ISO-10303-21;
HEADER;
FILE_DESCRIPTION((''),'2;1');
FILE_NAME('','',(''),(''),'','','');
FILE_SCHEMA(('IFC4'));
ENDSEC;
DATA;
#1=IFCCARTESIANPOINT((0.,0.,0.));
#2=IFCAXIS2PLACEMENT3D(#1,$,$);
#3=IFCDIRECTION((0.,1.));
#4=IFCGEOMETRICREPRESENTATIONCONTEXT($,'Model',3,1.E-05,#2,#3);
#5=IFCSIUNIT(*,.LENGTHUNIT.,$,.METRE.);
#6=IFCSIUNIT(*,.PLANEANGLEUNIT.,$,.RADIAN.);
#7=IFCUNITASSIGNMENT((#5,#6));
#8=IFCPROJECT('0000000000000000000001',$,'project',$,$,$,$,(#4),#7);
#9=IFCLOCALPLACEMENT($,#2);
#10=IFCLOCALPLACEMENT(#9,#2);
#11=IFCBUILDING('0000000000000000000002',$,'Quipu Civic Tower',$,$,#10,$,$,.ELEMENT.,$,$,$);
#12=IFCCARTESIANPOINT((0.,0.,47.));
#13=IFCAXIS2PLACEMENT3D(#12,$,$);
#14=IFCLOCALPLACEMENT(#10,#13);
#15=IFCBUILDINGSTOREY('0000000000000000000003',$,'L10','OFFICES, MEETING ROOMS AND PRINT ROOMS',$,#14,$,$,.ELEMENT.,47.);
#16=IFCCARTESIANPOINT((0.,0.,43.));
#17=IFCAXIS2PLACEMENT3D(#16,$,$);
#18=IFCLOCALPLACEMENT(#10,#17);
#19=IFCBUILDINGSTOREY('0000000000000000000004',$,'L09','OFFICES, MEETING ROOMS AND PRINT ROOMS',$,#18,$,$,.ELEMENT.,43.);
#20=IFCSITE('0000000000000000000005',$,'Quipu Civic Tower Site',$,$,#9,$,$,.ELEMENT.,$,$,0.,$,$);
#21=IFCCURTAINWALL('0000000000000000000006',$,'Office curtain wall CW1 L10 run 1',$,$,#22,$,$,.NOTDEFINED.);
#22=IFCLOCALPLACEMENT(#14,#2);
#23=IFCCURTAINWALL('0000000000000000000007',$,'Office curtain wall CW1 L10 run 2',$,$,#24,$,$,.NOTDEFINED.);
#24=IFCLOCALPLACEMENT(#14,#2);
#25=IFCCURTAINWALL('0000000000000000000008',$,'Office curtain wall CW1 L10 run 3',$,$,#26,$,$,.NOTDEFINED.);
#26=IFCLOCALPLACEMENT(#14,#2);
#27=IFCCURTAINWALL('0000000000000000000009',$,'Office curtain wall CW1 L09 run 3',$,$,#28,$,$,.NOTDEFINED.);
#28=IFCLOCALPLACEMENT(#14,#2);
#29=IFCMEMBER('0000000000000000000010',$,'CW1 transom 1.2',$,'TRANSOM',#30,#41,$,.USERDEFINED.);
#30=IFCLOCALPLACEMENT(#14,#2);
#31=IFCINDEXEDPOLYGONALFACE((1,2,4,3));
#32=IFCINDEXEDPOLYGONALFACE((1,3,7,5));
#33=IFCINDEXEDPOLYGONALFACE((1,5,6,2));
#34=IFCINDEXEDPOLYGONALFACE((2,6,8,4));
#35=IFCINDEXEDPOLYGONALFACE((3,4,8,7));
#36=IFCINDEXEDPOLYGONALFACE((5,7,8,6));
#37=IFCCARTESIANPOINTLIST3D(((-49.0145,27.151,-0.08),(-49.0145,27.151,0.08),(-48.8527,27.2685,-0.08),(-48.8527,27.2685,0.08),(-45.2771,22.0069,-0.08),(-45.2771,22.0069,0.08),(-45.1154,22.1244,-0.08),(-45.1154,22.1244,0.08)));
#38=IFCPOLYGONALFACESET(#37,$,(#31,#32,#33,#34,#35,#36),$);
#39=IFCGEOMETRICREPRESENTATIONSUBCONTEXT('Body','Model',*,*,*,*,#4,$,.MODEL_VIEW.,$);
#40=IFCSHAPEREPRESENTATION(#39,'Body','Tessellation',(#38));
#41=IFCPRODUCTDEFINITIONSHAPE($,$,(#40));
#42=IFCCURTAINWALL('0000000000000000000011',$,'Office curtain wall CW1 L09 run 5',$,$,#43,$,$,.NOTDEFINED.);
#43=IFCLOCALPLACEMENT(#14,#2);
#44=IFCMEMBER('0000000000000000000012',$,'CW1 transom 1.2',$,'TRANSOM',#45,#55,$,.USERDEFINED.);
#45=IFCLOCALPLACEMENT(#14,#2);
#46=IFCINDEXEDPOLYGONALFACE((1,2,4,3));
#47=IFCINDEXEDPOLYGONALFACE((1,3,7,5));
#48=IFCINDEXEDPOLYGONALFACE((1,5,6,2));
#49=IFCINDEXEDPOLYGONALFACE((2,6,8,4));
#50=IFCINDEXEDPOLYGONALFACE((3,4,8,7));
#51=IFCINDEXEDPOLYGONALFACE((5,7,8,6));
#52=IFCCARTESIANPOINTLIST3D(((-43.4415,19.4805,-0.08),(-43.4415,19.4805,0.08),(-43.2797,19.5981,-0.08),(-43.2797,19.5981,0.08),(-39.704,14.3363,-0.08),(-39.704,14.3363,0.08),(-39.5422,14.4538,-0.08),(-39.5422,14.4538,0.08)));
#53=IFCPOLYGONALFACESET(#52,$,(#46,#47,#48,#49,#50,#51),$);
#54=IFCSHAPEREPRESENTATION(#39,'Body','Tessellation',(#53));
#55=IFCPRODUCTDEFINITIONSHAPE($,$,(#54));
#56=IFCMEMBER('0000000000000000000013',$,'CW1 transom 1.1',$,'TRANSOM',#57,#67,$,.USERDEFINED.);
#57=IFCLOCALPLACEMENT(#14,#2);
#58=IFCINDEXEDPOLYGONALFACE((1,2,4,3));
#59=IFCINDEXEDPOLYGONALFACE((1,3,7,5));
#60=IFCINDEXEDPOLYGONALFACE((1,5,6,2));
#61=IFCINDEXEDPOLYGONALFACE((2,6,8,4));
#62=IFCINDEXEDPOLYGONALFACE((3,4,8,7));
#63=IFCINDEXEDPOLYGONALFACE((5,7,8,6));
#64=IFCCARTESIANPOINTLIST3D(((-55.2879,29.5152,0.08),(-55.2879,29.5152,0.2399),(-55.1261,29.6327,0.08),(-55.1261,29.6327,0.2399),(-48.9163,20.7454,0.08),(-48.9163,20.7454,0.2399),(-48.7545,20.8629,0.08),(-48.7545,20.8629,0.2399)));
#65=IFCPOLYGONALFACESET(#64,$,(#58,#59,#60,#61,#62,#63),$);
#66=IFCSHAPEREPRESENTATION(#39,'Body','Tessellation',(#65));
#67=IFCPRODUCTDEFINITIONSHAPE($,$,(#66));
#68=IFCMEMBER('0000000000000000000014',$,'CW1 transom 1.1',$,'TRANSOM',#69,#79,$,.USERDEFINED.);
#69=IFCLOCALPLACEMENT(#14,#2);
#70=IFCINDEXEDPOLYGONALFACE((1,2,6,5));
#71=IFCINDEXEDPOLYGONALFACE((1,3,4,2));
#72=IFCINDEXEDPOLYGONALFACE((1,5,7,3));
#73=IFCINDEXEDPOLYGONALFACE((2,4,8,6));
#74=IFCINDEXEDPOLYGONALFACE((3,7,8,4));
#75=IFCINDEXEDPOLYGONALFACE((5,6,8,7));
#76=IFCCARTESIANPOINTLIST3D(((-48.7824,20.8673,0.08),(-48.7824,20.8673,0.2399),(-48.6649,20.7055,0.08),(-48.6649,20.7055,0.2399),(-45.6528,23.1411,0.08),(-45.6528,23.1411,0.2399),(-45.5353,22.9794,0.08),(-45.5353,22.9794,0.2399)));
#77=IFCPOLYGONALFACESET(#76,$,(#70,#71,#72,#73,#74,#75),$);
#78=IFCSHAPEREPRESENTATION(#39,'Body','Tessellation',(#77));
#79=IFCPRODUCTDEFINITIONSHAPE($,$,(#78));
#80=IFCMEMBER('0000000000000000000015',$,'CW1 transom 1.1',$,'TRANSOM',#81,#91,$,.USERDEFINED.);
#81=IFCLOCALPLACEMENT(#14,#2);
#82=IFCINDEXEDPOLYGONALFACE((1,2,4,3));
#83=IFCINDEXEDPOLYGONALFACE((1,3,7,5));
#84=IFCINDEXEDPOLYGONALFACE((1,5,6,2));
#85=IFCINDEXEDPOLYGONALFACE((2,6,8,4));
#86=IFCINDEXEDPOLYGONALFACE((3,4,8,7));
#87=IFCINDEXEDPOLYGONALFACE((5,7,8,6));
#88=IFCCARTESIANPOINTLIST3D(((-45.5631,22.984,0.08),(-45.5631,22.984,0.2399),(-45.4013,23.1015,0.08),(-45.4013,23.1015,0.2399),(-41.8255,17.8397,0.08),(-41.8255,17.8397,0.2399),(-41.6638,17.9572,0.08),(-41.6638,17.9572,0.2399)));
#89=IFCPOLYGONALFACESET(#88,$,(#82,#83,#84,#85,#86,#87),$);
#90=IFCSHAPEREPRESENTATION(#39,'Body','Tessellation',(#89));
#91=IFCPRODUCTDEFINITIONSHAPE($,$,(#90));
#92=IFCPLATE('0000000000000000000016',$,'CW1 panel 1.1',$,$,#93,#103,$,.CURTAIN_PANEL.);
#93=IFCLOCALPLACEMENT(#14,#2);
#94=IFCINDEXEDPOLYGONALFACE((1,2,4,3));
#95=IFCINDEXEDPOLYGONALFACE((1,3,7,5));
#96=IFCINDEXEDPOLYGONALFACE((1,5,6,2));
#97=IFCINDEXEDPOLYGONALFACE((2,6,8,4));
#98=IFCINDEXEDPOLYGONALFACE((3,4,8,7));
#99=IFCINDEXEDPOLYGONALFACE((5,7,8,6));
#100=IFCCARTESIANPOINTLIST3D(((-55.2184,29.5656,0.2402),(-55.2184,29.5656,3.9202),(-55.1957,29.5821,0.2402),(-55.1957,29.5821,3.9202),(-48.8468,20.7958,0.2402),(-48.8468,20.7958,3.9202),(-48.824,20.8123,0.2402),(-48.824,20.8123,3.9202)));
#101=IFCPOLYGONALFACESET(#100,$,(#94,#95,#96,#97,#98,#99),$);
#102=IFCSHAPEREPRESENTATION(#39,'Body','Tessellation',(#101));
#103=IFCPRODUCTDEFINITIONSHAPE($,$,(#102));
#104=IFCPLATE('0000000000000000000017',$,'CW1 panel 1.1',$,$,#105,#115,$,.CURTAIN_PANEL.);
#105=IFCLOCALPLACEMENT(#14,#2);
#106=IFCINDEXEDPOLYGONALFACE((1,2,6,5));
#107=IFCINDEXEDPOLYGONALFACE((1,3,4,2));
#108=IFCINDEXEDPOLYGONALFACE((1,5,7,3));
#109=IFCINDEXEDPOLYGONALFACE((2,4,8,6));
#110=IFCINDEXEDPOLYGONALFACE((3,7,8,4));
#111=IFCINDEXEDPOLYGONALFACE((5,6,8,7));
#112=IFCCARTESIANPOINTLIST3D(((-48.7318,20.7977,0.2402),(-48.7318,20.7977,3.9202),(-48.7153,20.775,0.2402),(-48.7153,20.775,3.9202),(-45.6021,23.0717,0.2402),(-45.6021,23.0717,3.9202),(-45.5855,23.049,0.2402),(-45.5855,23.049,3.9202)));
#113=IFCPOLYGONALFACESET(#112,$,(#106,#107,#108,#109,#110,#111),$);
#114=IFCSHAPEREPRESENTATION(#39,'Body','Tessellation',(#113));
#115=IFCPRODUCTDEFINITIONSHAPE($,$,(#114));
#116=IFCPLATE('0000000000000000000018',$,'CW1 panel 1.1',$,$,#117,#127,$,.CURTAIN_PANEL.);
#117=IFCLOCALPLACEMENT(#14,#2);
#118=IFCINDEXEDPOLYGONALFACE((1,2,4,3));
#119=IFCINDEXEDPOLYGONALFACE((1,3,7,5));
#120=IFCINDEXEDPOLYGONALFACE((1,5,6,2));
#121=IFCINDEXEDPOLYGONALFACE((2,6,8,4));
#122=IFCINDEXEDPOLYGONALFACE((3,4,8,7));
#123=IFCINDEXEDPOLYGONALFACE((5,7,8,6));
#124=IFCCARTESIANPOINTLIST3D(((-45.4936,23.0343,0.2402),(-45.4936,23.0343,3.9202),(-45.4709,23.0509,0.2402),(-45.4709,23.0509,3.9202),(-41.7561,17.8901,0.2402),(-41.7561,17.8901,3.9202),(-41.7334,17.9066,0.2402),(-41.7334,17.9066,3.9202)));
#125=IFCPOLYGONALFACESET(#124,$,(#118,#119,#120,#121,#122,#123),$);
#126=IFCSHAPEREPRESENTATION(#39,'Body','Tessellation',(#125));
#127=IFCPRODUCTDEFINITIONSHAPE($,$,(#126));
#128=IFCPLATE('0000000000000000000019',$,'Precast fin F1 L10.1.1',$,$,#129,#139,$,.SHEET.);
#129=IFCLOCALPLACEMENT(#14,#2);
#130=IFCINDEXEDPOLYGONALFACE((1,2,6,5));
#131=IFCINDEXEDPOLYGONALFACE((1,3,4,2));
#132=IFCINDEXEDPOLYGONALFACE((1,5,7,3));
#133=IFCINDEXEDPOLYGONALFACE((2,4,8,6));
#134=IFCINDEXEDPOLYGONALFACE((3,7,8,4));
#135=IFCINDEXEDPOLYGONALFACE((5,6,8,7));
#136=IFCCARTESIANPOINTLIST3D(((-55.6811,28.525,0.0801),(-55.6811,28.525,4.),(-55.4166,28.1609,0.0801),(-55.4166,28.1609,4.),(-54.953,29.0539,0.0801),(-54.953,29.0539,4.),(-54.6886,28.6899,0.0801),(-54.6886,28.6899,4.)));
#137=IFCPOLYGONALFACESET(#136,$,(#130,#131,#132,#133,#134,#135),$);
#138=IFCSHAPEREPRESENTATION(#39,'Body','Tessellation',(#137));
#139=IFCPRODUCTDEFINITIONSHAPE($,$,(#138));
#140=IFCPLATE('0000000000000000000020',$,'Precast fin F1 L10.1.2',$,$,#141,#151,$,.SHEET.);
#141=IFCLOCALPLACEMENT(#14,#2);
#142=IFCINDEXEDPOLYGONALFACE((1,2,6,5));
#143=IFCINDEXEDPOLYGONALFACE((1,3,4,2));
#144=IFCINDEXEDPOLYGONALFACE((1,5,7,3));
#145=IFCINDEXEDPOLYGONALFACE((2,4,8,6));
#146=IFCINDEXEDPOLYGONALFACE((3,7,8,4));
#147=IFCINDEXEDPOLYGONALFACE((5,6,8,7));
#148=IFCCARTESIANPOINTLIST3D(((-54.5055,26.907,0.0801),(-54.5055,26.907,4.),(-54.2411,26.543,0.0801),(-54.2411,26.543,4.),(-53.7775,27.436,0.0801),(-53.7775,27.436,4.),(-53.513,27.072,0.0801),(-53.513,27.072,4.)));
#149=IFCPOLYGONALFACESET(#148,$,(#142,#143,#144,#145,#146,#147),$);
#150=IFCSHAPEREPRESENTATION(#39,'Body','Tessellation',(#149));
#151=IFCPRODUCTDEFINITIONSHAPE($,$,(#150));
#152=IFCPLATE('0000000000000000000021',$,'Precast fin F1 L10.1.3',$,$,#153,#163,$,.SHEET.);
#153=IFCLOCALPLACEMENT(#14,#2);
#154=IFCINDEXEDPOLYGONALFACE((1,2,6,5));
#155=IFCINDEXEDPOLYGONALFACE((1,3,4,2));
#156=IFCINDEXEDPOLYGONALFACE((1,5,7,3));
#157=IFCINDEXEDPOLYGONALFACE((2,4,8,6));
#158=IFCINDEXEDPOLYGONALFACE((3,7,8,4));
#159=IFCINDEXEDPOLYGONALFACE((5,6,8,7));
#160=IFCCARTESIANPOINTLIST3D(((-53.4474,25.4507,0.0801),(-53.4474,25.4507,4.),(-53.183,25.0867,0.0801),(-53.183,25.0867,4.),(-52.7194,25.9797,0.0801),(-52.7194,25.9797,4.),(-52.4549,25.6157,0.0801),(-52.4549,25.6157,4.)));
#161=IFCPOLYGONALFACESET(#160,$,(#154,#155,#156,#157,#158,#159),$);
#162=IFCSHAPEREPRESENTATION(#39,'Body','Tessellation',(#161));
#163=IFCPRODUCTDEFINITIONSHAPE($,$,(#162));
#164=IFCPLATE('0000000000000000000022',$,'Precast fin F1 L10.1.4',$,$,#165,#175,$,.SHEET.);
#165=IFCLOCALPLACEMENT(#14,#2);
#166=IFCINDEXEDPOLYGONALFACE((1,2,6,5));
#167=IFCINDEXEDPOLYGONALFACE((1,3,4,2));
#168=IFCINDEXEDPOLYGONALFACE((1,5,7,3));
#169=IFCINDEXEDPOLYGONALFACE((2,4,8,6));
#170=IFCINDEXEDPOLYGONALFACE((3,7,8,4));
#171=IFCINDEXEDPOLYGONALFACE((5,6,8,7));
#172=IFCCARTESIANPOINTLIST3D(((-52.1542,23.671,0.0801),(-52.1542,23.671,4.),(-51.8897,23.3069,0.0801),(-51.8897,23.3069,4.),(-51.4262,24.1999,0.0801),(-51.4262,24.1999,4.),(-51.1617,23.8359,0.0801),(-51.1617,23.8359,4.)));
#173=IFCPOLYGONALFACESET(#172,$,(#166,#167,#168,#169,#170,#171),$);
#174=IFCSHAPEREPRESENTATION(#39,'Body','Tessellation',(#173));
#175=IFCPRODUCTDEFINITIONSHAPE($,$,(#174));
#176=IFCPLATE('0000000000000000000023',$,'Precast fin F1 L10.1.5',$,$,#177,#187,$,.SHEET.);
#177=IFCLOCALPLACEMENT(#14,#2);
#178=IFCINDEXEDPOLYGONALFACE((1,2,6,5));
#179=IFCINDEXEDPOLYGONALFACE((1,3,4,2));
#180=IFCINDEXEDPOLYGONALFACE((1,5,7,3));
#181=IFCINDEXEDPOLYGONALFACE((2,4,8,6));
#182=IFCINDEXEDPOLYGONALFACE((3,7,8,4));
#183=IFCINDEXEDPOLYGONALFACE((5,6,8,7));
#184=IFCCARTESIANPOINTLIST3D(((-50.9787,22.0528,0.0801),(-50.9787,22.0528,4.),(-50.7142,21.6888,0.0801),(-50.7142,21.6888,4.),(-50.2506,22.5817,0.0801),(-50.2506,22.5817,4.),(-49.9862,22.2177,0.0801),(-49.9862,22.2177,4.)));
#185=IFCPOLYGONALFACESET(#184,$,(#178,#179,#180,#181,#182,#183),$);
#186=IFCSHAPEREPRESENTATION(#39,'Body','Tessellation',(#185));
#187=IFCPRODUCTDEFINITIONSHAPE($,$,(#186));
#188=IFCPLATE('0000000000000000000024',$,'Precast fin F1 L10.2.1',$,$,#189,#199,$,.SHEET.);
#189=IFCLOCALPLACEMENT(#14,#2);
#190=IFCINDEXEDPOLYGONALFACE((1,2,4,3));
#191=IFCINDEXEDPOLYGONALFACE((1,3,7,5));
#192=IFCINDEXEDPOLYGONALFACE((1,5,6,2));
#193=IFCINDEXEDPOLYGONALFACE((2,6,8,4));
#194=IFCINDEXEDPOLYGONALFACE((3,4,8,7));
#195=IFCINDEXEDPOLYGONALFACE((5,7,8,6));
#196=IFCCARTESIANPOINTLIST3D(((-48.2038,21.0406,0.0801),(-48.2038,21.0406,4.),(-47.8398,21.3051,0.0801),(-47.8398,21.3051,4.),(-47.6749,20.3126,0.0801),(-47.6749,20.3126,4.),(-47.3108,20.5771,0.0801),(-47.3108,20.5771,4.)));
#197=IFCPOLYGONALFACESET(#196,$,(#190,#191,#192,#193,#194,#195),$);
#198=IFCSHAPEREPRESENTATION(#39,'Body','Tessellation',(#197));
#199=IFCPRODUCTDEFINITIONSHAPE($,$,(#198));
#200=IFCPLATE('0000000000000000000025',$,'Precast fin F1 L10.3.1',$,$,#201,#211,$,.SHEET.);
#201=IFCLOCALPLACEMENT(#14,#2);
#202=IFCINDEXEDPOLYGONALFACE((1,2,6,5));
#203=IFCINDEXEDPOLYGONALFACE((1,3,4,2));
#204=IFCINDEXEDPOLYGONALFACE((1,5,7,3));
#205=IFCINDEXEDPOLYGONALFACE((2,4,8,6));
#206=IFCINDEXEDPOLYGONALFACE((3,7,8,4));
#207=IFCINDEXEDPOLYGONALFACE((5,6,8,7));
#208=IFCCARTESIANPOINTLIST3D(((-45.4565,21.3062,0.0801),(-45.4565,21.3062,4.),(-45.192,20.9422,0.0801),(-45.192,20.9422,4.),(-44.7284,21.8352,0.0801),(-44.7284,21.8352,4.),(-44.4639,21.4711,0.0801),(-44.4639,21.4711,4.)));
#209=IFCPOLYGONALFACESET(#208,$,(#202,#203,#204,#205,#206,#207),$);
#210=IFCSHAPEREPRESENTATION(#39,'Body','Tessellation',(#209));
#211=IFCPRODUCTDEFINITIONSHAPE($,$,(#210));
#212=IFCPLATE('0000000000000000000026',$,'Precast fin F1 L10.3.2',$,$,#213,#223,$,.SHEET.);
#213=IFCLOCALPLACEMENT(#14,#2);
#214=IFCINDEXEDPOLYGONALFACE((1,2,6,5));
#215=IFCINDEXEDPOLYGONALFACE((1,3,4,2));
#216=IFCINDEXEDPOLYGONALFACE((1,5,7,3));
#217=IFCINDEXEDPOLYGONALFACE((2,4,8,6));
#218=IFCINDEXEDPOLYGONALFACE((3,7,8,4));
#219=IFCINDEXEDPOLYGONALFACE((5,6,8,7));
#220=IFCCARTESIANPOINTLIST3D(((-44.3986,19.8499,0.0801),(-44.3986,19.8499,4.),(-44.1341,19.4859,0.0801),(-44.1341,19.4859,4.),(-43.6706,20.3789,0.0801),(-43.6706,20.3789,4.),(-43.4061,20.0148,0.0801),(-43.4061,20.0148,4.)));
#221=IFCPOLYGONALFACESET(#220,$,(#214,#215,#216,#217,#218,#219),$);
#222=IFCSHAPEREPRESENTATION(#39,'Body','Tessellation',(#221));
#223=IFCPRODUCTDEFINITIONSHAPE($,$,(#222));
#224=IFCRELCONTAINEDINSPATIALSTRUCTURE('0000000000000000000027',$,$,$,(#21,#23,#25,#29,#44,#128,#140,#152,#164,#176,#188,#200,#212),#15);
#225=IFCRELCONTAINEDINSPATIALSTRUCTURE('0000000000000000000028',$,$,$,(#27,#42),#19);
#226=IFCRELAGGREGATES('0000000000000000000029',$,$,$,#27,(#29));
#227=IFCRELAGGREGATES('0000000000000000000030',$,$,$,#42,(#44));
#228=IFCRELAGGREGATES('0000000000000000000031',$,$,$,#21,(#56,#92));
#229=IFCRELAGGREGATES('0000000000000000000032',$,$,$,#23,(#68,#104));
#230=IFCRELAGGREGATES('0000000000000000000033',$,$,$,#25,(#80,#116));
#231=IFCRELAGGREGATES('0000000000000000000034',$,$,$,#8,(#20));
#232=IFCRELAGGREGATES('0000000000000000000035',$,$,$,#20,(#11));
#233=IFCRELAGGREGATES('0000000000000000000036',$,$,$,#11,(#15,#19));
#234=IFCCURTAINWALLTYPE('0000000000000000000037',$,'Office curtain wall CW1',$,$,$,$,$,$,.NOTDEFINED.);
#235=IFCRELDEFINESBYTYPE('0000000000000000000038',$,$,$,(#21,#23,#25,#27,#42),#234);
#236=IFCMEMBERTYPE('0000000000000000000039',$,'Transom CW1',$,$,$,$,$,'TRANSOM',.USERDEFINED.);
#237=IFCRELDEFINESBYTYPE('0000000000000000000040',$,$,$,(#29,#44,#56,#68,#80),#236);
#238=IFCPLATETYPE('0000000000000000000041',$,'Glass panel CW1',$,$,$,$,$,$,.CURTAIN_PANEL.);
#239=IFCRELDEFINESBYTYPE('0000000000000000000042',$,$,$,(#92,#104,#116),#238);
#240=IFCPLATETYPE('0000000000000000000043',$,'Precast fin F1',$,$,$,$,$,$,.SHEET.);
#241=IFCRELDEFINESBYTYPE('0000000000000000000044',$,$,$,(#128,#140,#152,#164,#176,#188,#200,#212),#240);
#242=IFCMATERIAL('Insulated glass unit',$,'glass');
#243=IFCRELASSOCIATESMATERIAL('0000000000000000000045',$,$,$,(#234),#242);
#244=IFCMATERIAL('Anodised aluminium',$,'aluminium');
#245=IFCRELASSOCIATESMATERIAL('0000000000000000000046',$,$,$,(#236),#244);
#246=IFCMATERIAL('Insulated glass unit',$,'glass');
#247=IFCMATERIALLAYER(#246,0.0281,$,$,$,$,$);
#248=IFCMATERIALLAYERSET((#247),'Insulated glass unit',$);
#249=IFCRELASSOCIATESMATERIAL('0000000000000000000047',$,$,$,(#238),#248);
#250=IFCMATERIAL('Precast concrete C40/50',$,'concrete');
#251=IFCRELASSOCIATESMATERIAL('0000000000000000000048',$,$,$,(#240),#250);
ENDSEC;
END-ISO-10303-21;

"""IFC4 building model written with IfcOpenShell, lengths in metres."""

from ifc_helpers import new_model, si_unit, direction, frame, origin, origin_2d, place, context, subcontext, project, spatial, rectangle, extrude, material, layer, layer_set, material_profile, profile_set, type_object, element, aggregate, save


model = new_model("IFC4")

# Units and contexts
model_context = context("Model", 3, precision=1e-05, world=origin(), true_north=direction((0.0, 1.0)))
body_context = subcontext(model_context, "Body", "Model", "MODEL_VIEW")
ifc_project = project(units=[si_unit("LENGTHUNIT", "METRE"), si_unit("PLANEANGLEUNIT", "RADIAN")], contexts=[model_context])

# Site, building, storey
site_placement = place(None, origin())
site = spatial("IfcSite", under=ifc_project, at=site_placement, Name="Quipu Civic Tower Site", CompositionType="ELEMENT", RefElevation=0.0)
building_placement = place(site_placement, origin())
building = spatial("IfcBuilding", under=site, at=building_placement, Name="Quipu Civic Tower", CompositionType="ELEMENT")
storey_1_placement = place(building_placement, frame((0.0, 0.0, 47.0)))
storey_1 = spatial("IfcBuildingStorey", under=building, at=storey_1_placement, Name="L10", Description="OFFICES, MEETING ROOMS AND PRINT ROOMS", CompositionType="ELEMENT", Elevation=47.0)

# Curtain wall
ifc_material_1 = material(Name="Insulated glass unit", Category="glass")
curtain_wall_type = type_object("IfcCurtainWallType", Name="Office curtain wall CW1", PredefinedType="NOTDEFINED", material=ifc_material_1)
curtain_wall_1_placement = place(storey_1_placement, origin())
curtain_wall_1 = element("IfcCurtainWall", 1, at=curtain_wall_1_placement, inside=storey_1, type_object=curtain_wall_type, Name="Office curtain wall CW1 L10 run 1", PredefinedType="NOTDEFINED")

# Curtain walls
curtain_wall_2_placement = place(storey_1_placement, origin())
curtain_wall_2 = element("IfcCurtainWall", 2, at=curtain_wall_2_placement, inside=storey_1, type_object=curtain_wall_type, Name="Office curtain wall CW1 L10 run 2", PredefinedType="NOTDEFINED")
curtain_wall_3_placement = place(storey_1_placement, origin())
curtain_wall_3 = element("IfcCurtainWall", 3, at=curtain_wall_3_placement, inside=storey_1, type_object=curtain_wall_type, Name="Office curtain wall CW1 L10 run 3", PredefinedType="NOTDEFINED")

# Shared definitions
storey_2_placement = place(building_placement, frame((0.0, 0.0, 43.0)))
storey_2 = spatial("IfcBuildingStorey", under=building, at=storey_2_placement, Name="L09", Description="OFFICES, MEETING ROOMS AND PRINT ROOMS", CompositionType="ELEMENT", Elevation=43.0)

# Curtain walls, members
ifc_material_2 = material(Name="Anodised aluminium", Category="aluminium")
ifc_material_profile_1 = material_profile(ifc_material_2, rectangle(XDim=0.2, YDim=0.1599, at=origin_2d()), Name="RECT 200x160")
ifc_profile_set_1 = profile_set([ifc_material_profile_1], Name="Anodised aluminium")
member_type_1 = type_object("IfcMemberType", Name="Transom CW1", ElementType="TRANSOM", PredefinedType="USERDEFINED", material=ifc_profile_set_1)
curtain_wall_4_placement = place(storey_2_placement, origin())
curtain_wall_4 = element("IfcCurtainWall", 4, at=curtain_wall_4_placement, inside=storey_2, type_object=curtain_wall_type, Name="Office curtain wall CW1 L09 run 3", PredefinedType="NOTDEFINED")
member_1_placement = place(storey_1_placement, frame((-48.9336, 27.2097, 0.0), z_axis=(0.587779, -0.809022, 0.0), x_axis=(0.809022, 0.587779, 0.0)))
member_1 = element("IfcMember", 5, at=member_1_placement, inside=storey_1, type_object=member_type_1, Name="CW1 transom 1.2", ObjectType="TRANSOM", PredefinedType="USERDEFINED", context=body_context, shape_type="SweptSolid", body=[
    extrude(rectangle(XDim=0.2, YDim=0.1599, at=origin_2d()), origin(), (0.0, 0.0, 1.0), 6.3584),
])
aggregate(curtain_wall_4, [member_1])
curtain_wall_5_placement = place(storey_2_placement, origin())
curtain_wall_5 = element("IfcCurtainWall", 6, at=curtain_wall_5_placement, inside=storey_2, type_object=curtain_wall_type, Name="Office curtain wall CW1 L09 run 5", PredefinedType="NOTDEFINED")
member_2_placement = place(storey_1_placement, frame((-43.3606, 19.5393, 0.0), z_axis=(0.587786, -0.809017, 0.0), x_axis=(0.809017, 0.587786, 0.0)))
member_2 = element("IfcMember", 7, at=member_2_placement, inside=storey_1, type_object=member_type_1, Name="CW1 transom 1.2", ObjectType="TRANSOM", PredefinedType="USERDEFINED", context=body_context, shape_type="SweptSolid", body=[
    extrude(rectangle(XDim=0.2, YDim=0.1599, at=origin_2d()), origin(), (0.0, 0.0, 1.0), 6.3586),
])
aggregate(curtain_wall_5, [member_2])

# Members
member_3_placement = place(storey_1_placement, frame((-55.207, 29.574, 0.1599), z_axis=(0.587783, -0.809018, 0.0), x_axis=(0.809018, 0.587783, 0.0)))
member_3 = element("IfcMember", 8, at=member_3_placement, type_object=member_type_1, Name="CW1 transom 1.1", ObjectType="TRANSOM", PredefinedType="USERDEFINED", context=body_context, shape_type="SweptSolid", body=[
    extrude(rectangle(XDim=0.2, YDim=0.1599, at=origin_2d()), origin(), (0.0, 0.0, 1.0), 10.8401),
])
member_4_placement = place(storey_1_placement, frame((-48.7236, 20.7864, 0.1599), z_axis=(0.809003, 0.587804, 0.0), x_axis=(-0.587804, 0.809003, 0.0)))
member_4 = element("IfcMember", 9, at=member_4_placement, type_object=member_type_1, Name="CW1 transom 1.1", ObjectType="TRANSOM", PredefinedType="USERDEFINED", context=body_context, shape_type="SweptSolid", body=[
    extrude(rectangle(XDim=0.2, YDim=0.1599, at=origin_2d()), origin(), (0.0, 0.0, 1.0), 3.8684),
])
member_5_placement = place(storey_1_placement, frame((-45.4822, 23.0427, 0.1599), z_axis=(0.587786, -0.809017, 0.0), x_axis=(0.809017, 0.587786, 0.0)))
member_5 = element("IfcMember", 10, at=member_5_placement, type_object=member_type_1, Name="CW1 transom 1.1", ObjectType="TRANSOM", PredefinedType="USERDEFINED", context=body_context, shape_type="SweptSolid", body=[
    extrude(rectangle(XDim=0.2, YDim=0.1599, at=origin_2d()), origin(), (0.0, 0.0, 1.0), 6.3586),
])

# Plates
ifc_material_3 = material(Name="Insulated glass unit", Category="glass")
ifc_layer = layer(ifc_material_3, 0.0281)
ifc_layer_set = layer_set([ifc_layer], Name="Insulated glass unit")
plate_type_1 = type_object("IfcPlateType", Name="Glass panel CW1", PredefinedType="CURTAIN_PANEL", material=ifc_layer_set)
plate_1_placement = place(storey_1_placement, frame((-52.0212, 25.189, 0.2402), z_axis=(0.0, 0.0, 1.0), x_axis=(0.587788, -0.809015, 0.0)))
plate_1 = element("IfcPlate", 11, at=plate_1_placement, type_object=plate_type_1, Name="CW1 panel 1.1", PredefinedType="CURTAIN_PANEL", context=body_context, shape_type="SweptSolid", body=[
    extrude(rectangle(XDim=10.8401, YDim=0.0281, at=origin_2d()), origin(), (0.0, 0.0, 1.0), 3.6799),
])
aggregate(curtain_wall_1, [member_3, plate_1])
plate_2_placement = place(storey_1_placement, frame((-47.1587, 21.9233, 0.2402), z_axis=(0.0, 0.0, 1.0), x_axis=(0.809011, 0.587794, 0.0)))
plate_2 = element("IfcPlate", 12, at=plate_2_placement, type_object=plate_type_1, Name="CW1 panel 1.1", PredefinedType="CURTAIN_PANEL", context=body_context, shape_type="SweptSolid", body=[
    extrude(rectangle(XDim=3.8687, YDim=0.0281, at=origin_2d()), origin(), (0.0, 0.0, 1.0), 3.6799),
])
aggregate(curtain_wall_2, [member_4, plate_2])
plate_3_placement = place(storey_1_placement, frame((-43.6135, 20.4705, 0.2402), z_axis=(0.0, 0.0, 1.0), x_axis=(0.587778, -0.809022, 0.0)))
plate_3 = element("IfcPlate", 13, at=plate_3_placement, type_object=plate_type_1, Name="CW1 panel 1.1", PredefinedType="CURTAIN_PANEL", context=body_context, shape_type="SweptSolid", body=[
    extrude(rectangle(XDim=6.3586, YDim=0.0281, at=origin_2d()), origin(), (0.0, 0.0, 1.0), 3.6799),
])
aggregate(curtain_wall_3, [member_5, plate_3])

# Plates
ifc_material_4 = material(Name="Precast concrete C40/50", Category="concrete")
plate_type_2 = type_object("IfcPlateType", Name="Precast fin F1", PredefinedType="SHEET", material=ifc_material_4)
for number, where, z_axis, x_axis, name in (
    (14, (-55.1848, 28.6074, 0.0801), (0.0, 0.0, 1.0), (0.587786, -0.809017, 0.0), "Precast fin F1 L10.1.1"),
    (15, (-54.0093, 26.9895, 0.0801), (0.0, 0.0, 1.0), (0.587786, -0.809017, 0.0), "Precast fin F1 L10.1.2"),
    (16, (-52.9512, 25.5332, 0.0801), (0.0, 0.0, 1.0), (0.587786, -0.809017, 0.0), "Precast fin F1 L10.1.3"),
    (17, (-51.658, 23.7534, 0.0801), (0.0, 0.0, 1.0), (0.587786, -0.809017, 0.0), "Precast fin F1 L10.1.4"),
    (18, (-50.4824, 22.1353, 0.0801), (0.0, 0.0, 1.0), (0.587786, -0.809017, 0.0), "Precast fin F1 L10.1.5"),
    (19, (-47.7573, 20.8088, 0.0801), (0.0, 0.0, 1.0), (0.809011, 0.587794, 0.0), "Precast fin F1 L10.2.1"),
    (20, (-44.9602, 21.3887, 0.0801), (0.0, 0.0, 1.0), (0.587784, -0.809018, 0.0), "Precast fin F1 L10.3.1"),
    (21, (-43.9023, 19.9324, 0.0801), (0.0, 0.0, 1.0), (0.587784, -0.809018, 0.0), "Precast fin F1 L10.3.2"),
):
    element("IfcPlate", number, at=place(storey_1_placement, frame(where, z_axis=z_axis, x_axis=x_axis)), inside=storey_1, type_object=plate_type_2, Name=name, PredefinedType="SHEET", context=body_context, shape_type="SweptSolid", body=[
        extrude(rectangle(XDim=0.45, YDim=0.8999, at=origin_2d()), origin(), (0.0, 0.0, 1.0), 3.9199),
    ])

save(model, "model.ifc")
